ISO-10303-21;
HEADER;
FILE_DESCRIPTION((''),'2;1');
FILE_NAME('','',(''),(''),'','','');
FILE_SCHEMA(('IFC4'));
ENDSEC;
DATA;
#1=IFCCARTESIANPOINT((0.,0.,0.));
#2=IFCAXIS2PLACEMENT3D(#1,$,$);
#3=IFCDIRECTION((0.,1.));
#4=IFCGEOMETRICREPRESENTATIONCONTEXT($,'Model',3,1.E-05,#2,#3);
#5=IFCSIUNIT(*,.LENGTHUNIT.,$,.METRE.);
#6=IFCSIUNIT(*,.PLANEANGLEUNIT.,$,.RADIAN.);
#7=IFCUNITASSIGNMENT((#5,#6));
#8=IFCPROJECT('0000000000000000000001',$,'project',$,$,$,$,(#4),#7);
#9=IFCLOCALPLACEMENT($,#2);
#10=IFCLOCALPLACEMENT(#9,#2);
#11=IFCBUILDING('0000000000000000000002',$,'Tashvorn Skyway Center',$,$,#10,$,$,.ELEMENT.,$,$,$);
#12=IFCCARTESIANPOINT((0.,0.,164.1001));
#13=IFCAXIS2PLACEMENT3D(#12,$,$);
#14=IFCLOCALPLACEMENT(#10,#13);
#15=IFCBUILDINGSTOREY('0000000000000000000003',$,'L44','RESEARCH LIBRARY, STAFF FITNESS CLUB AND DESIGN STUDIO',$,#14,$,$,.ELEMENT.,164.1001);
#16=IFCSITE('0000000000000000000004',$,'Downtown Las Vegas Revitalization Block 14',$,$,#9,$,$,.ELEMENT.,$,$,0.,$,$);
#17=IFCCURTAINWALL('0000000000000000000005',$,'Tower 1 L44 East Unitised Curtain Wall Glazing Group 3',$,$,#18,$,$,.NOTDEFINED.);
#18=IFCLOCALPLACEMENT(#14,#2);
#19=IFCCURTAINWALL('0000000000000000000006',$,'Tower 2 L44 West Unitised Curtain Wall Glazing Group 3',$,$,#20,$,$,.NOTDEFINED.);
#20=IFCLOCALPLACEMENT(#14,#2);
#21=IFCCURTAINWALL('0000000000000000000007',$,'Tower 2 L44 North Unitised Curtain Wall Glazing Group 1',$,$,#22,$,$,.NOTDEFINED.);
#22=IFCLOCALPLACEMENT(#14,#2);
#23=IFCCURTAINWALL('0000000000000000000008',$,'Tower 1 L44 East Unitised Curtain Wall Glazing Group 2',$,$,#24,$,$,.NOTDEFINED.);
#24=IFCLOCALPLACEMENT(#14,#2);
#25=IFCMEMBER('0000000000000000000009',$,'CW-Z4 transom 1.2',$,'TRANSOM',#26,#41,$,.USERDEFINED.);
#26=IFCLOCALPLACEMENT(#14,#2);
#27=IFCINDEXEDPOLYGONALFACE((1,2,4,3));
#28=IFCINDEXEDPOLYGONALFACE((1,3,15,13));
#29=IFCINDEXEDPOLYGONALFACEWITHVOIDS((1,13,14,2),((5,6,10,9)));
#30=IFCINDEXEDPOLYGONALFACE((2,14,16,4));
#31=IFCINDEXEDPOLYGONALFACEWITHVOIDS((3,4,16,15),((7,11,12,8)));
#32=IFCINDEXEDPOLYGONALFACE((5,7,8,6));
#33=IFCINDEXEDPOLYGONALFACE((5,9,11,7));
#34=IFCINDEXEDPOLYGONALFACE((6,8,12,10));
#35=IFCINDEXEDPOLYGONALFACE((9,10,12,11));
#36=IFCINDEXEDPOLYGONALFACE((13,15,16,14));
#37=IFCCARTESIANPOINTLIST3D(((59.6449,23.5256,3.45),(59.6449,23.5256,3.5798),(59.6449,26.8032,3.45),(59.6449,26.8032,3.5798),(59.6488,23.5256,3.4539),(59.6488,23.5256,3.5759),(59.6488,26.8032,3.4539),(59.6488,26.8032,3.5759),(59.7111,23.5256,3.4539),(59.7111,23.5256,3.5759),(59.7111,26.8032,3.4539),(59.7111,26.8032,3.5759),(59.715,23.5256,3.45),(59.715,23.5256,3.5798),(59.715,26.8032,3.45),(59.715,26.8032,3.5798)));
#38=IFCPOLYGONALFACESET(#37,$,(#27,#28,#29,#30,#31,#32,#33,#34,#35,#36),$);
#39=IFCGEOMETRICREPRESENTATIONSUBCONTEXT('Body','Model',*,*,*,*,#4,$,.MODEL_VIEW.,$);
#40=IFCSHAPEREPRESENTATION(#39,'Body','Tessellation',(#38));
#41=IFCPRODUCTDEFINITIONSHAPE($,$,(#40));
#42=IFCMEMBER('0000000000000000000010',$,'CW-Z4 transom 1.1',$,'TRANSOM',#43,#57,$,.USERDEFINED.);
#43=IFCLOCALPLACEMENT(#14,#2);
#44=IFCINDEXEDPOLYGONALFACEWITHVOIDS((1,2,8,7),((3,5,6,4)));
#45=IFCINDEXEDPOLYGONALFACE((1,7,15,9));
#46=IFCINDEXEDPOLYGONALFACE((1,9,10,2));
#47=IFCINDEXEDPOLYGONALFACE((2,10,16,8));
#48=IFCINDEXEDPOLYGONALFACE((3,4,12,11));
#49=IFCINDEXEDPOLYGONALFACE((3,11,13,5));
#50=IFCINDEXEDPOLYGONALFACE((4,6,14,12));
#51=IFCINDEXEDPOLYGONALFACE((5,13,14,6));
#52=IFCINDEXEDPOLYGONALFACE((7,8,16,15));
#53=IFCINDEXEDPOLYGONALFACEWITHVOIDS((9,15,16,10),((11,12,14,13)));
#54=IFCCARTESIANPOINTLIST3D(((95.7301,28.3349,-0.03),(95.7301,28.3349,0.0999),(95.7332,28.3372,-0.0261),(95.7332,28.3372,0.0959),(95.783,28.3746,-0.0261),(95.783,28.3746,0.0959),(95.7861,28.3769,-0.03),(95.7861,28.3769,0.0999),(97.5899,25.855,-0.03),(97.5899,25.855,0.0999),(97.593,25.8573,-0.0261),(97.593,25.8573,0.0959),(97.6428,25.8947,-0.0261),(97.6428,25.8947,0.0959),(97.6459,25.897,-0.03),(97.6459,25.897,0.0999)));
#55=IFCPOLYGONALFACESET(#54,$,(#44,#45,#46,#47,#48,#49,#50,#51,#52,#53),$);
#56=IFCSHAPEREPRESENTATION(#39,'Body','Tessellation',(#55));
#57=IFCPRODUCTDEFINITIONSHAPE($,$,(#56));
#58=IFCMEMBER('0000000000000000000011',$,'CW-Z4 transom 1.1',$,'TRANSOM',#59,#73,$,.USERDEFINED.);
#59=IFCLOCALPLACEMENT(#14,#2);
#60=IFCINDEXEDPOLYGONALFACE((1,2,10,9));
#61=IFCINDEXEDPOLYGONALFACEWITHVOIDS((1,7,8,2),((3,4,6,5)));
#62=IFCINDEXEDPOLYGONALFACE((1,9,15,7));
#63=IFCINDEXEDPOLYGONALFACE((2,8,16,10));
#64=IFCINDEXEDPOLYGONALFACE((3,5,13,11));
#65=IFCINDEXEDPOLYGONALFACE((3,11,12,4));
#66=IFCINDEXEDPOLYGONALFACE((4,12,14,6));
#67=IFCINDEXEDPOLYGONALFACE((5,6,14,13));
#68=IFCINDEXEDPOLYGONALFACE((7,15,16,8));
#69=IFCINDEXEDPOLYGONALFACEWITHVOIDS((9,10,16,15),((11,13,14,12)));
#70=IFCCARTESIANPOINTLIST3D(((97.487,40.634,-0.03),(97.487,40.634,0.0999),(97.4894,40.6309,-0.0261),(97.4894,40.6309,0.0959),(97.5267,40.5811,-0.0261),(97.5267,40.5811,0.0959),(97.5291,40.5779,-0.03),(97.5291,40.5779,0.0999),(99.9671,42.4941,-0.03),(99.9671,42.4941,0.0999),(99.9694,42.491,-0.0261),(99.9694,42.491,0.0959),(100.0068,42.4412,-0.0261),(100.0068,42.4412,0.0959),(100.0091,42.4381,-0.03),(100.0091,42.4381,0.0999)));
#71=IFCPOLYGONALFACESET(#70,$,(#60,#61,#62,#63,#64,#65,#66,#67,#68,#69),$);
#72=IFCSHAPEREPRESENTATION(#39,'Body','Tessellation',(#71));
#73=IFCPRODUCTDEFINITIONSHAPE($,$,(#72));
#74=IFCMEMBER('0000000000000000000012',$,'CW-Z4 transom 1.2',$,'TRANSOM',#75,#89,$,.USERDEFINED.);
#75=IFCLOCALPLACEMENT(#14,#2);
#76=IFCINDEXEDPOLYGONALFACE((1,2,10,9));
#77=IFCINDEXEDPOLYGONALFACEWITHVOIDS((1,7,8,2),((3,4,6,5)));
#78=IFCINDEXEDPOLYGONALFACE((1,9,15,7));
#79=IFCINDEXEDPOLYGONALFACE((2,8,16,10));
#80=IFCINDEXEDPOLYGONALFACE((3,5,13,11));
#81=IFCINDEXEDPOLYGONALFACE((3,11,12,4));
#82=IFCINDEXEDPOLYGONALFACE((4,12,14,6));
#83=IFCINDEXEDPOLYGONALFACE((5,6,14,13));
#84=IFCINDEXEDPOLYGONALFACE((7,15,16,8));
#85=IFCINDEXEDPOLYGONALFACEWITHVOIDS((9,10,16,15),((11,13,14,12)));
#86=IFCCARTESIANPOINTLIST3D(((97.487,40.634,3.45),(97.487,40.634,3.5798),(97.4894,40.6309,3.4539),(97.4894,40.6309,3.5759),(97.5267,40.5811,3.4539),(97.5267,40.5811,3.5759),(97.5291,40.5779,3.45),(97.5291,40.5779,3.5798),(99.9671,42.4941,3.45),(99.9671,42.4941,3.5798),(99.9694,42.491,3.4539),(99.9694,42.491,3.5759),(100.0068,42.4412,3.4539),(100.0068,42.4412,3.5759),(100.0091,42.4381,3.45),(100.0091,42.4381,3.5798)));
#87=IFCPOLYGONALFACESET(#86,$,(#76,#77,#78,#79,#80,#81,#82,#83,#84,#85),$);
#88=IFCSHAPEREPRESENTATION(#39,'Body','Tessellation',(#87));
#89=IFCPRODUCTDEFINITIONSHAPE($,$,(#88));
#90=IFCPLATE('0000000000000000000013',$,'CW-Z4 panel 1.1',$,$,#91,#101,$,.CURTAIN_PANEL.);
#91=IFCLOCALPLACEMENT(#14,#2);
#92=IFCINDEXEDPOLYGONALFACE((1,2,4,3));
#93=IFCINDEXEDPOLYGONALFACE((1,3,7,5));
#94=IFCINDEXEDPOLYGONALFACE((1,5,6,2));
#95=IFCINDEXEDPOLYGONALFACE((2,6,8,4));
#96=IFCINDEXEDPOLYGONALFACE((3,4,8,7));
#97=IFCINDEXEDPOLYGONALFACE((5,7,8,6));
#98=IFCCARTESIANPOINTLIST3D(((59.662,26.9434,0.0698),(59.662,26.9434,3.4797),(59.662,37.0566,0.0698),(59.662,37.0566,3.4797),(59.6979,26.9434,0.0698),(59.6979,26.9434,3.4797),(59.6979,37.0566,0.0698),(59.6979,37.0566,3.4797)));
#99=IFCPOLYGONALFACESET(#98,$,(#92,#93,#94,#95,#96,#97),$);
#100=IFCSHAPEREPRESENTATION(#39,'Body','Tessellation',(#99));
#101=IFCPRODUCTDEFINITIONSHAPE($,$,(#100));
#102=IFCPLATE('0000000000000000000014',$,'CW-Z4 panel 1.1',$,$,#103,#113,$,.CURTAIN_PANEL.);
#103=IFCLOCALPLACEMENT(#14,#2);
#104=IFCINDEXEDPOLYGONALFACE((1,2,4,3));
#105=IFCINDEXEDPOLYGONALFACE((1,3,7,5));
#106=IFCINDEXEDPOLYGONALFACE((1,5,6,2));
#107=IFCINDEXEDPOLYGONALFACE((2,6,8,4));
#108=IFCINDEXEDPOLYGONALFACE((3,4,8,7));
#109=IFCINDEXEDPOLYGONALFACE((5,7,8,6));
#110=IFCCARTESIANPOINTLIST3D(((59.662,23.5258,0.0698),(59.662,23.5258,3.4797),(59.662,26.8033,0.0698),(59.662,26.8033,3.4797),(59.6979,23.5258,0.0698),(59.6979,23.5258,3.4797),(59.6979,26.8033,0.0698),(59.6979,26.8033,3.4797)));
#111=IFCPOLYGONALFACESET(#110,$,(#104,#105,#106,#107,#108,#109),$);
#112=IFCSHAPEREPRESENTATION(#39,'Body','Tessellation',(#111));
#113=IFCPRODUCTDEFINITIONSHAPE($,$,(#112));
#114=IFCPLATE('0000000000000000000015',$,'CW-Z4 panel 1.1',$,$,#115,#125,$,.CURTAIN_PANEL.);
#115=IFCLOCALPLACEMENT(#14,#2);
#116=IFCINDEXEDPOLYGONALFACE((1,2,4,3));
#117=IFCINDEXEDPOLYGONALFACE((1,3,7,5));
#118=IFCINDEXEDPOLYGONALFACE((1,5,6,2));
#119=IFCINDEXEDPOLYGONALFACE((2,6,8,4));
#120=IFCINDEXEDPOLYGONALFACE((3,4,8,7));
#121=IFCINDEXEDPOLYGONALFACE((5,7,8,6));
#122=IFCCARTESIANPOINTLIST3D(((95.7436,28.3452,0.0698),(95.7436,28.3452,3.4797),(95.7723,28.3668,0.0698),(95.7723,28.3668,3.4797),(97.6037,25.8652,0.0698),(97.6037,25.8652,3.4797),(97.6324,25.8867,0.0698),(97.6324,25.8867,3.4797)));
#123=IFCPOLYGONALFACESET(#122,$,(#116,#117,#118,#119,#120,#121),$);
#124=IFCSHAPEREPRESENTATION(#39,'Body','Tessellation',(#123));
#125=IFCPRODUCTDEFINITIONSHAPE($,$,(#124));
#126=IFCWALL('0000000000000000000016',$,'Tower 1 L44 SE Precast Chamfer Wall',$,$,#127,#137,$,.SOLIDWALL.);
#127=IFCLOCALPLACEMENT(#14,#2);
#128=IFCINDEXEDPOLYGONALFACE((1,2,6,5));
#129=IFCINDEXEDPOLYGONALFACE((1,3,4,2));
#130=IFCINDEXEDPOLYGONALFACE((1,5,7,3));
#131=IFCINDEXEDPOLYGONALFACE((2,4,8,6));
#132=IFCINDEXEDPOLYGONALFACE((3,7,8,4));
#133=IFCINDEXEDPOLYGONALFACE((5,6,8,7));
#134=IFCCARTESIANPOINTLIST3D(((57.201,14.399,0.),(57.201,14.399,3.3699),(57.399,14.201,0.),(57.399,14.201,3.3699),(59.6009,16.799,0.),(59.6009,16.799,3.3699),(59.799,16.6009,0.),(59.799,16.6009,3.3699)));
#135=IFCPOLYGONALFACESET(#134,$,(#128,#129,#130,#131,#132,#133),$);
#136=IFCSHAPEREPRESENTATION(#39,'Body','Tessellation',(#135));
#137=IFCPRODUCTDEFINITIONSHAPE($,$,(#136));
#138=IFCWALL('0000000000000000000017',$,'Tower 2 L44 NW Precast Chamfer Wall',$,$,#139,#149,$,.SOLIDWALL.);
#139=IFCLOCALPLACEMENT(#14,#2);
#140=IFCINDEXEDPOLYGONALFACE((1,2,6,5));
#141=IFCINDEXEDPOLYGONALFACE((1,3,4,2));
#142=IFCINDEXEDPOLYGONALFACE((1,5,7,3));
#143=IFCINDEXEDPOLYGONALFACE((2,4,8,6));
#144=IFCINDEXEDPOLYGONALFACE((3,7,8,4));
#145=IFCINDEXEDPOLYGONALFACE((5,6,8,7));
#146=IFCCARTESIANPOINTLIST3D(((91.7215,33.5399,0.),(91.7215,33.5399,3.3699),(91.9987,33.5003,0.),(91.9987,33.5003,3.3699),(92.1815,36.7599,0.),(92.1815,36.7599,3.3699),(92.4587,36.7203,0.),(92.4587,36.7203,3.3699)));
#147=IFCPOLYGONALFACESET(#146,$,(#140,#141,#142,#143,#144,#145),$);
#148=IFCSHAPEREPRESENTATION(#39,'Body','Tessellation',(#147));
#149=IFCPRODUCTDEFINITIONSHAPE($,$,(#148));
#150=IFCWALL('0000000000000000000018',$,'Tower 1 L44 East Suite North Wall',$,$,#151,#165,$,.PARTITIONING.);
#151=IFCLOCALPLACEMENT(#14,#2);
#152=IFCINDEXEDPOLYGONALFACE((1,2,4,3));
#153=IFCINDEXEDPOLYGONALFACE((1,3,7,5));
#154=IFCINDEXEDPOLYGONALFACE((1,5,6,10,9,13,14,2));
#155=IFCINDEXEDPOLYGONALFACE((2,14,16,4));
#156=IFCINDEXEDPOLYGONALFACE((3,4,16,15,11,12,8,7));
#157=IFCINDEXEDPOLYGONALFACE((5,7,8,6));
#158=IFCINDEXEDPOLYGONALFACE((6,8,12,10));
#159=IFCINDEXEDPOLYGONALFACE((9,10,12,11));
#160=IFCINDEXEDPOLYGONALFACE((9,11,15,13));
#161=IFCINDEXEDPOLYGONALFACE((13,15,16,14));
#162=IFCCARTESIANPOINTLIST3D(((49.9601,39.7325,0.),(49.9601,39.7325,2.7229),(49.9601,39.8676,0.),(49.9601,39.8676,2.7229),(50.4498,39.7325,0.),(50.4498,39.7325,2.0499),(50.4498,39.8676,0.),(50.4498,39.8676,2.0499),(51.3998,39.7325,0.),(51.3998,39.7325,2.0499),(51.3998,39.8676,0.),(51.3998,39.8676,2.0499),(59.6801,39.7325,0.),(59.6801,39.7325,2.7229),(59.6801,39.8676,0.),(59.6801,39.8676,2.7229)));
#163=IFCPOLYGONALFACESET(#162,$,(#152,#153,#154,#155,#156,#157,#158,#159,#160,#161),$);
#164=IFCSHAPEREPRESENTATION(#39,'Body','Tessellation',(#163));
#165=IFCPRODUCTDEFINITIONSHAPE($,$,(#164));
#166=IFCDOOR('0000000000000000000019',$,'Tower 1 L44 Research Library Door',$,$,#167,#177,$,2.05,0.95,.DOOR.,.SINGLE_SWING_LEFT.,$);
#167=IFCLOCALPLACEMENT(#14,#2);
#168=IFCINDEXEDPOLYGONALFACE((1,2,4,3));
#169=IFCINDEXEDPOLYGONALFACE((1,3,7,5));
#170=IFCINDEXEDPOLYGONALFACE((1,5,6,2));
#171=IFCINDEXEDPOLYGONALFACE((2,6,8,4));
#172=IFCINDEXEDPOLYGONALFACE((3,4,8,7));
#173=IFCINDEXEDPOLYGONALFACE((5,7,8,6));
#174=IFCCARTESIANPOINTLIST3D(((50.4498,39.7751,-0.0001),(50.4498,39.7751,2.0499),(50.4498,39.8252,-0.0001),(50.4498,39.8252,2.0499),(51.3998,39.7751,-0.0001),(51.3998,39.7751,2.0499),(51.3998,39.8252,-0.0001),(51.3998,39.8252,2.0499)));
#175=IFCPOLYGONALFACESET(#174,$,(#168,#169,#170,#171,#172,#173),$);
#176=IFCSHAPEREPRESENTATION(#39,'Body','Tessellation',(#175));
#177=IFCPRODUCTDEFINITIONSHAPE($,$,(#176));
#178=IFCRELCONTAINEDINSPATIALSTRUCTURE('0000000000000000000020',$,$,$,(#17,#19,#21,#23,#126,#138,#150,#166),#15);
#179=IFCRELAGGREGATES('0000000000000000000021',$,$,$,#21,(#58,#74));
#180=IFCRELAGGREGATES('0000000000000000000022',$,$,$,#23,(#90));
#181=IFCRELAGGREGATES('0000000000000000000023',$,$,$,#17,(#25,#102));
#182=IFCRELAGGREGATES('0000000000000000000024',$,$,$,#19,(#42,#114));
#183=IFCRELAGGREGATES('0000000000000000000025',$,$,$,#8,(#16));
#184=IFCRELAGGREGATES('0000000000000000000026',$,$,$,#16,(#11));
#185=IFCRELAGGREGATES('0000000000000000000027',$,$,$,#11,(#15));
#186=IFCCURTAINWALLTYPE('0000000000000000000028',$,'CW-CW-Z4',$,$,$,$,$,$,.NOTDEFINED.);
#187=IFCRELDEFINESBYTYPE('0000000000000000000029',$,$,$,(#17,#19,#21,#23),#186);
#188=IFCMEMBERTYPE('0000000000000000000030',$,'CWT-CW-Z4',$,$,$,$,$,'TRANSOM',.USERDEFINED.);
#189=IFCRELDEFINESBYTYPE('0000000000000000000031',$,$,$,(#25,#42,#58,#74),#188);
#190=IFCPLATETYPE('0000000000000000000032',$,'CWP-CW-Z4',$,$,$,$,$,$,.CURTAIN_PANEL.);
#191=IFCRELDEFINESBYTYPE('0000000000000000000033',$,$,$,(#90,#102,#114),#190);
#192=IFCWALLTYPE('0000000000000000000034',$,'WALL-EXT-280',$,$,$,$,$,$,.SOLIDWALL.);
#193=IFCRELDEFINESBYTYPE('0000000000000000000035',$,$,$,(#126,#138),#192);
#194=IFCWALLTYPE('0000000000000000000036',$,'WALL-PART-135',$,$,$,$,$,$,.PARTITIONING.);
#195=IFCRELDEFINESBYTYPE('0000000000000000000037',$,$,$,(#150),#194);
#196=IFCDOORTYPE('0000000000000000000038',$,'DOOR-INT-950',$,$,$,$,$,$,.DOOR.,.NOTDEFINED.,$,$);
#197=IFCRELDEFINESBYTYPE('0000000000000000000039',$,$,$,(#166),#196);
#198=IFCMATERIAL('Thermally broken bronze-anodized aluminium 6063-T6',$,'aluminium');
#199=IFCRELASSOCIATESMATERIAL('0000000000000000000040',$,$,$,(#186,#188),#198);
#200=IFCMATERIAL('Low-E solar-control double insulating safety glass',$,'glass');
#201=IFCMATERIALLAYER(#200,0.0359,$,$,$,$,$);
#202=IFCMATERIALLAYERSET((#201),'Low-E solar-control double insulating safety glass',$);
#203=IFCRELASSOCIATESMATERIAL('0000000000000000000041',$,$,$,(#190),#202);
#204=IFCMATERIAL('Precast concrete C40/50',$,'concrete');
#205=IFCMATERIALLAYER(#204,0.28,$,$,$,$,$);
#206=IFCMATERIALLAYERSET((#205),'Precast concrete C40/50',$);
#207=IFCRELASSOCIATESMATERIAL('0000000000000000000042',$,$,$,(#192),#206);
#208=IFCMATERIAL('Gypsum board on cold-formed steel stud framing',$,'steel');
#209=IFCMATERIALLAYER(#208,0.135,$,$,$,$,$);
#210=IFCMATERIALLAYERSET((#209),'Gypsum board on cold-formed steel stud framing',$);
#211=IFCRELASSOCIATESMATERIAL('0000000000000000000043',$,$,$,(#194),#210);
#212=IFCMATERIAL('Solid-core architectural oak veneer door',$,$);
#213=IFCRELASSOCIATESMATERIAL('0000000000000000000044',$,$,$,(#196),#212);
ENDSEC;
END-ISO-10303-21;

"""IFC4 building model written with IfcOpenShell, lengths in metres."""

from ifc_helpers import new_model, si_unit, direction, frame, frame_2d, origin, origin_2d, place, context, subcontext, project, spatial, rectangle, hollow_rectangle, extrude, material, layer, layer_set, material_profile, profile_set, type_object, element, fill, aggregate, save


model = new_model("IFC4")

# Units and contexts
model_context = context("Model", 3, precision=1e-05, world=origin(), true_north=direction((0.0, 1.0)))
body_context = subcontext(model_context, "Body", "Model", "MODEL_VIEW")
ifc_project = project(units=[si_unit("LENGTHUNIT", "METRE"), si_unit("PLANEANGLEUNIT", "RADIAN")], contexts=[model_context])

# Site, building, storey
site_placement = place(None, origin())
site = spatial("IfcSite", under=ifc_project, at=site_placement, Name="Downtown Las Vegas Revitalization Block 14", CompositionType="ELEMENT", RefElevation=0.0)
building_placement = place(site_placement, origin())
building = spatial("IfcBuilding", under=site, at=building_placement, Name="Tashvorn Skyway Center", CompositionType="ELEMENT")
storey_placement = place(building_placement, frame((0.0, 0.0, 164.1001)))
storey = spatial("IfcBuildingStorey", under=building, at=storey_placement, Name="L44", Description="RESEARCH LIBRARY, STAFF FITNESS CLUB AND DESIGN STUDIO", CompositionType="ELEMENT", Elevation=164.1001)

# Curtain wall
ifc_material_1 = material(Name="Thermally broken bronze-anodized aluminium 6063-T6", Category="aluminium")
curtain_wall_type = type_object("IfcCurtainWallType", Name="CW-CW-Z4", PredefinedType="NOTDEFINED", material=ifc_material_1)
curtain_wall_1_placement = place(storey_placement, origin())
curtain_wall_1 = element("IfcCurtainWall", 1, at=curtain_wall_1_placement, inside=storey, type_object=curtain_wall_type, Name="Tower 1 L44 East Unitised Curtain Wall Glazing Group 3", PredefinedType="NOTDEFINED")

# Curtain walls
curtain_wall_2_placement = place(storey_placement, origin())
curtain_wall_2 = element("IfcCurtainWall", 2, at=curtain_wall_2_placement, inside=storey, type_object=curtain_wall_type, Name="Tower 2 L44 West Unitised Curtain Wall Glazing Group 3", PredefinedType="NOTDEFINED")
curtain_wall_3_placement = place(storey_placement, origin())
curtain_wall_3 = element("IfcCurtainWall", 3, at=curtain_wall_3_placement, inside=storey, type_object=curtain_wall_type, Name="Tower 2 L44 North Unitised Curtain Wall Glazing Group 1", PredefinedType="NOTDEFINED")
curtain_wall_4_placement = place(storey_placement, origin())
curtain_wall_4 = element("IfcCurtainWall", 4, at=curtain_wall_4_placement, inside=storey, type_object=curtain_wall_type, Name="Tower 1 L44 East Unitised Curtain Wall Glazing Group 2", PredefinedType="NOTDEFINED")
ifc_material_profile_1 = material_profile(ifc_material_1, hollow_rectangle(XDim=0.0701, YDim=0.1299, WallThickness=0.0039, at=origin_2d()), Name="ALU-TRAN-70x130")
ifc_profile_set_1 = profile_set([ifc_material_profile_1], Name="Thermally broken bronze-anodized aluminium 6063-T6")
member_type_1 = type_object("IfcMemberType", Name="CWT-CW-Z4", ElementType="TRANSOM", PredefinedType="USERDEFINED", material=ifc_profile_set_1)

# Members
member_1_placement = place(storey_placement, frame((59.6799, 26.8032, 3.5149), z_axis=(0.0, -1.0, 0.0), x_axis=(1.0, 0.0, 0.0)))
member_1 = element("IfcMember", 5, at=member_1_placement, type_object=member_type_1, Name="CW-Z4 transom 1.2", ObjectType="TRANSOM", PredefinedType="USERDEFINED", context=body_context, shape_type="SweptSolid", body=[
    extrude(hollow_rectangle(XDim=0.0701, YDim=0.1299, WallThickness=0.0039, at=origin_2d()), origin(), (0.0, 0.0, 1.0), 3.2776),
])
member_2_placement = place(storey_placement, frame((97.6179, 25.876, 0.0349), z_axis=(-0.599975, 0.800019, 0.0), x_axis=(-0.800019, -0.599975, 0.0)))
member_2 = element("IfcMember", 6, at=member_2_placement, type_object=member_type_1, Name="CW-Z4 transom 1.1", ObjectType="TRANSOM", PredefinedType="USERDEFINED", context=body_context, shape_type="SweptSolid", body=[
    extrude(hollow_rectangle(XDim=0.0701, YDim=0.1299, WallThickness=0.0039, at=origin_2d()), origin(), (0.0, 0.0, 1.0), 3.0999),
])
member_3_placement = place(storey_placement, frame((97.5081, 40.606, 0.0349), z_axis=(0.799981, 0.600025, 0.0), x_axis=(-0.600025, 0.799981, 0.0)))
member_3 = element("IfcMember", 7, at=member_3_placement, type_object=member_type_1, Name="CW-Z4 transom 1.1", ObjectType="TRANSOM", PredefinedType="USERDEFINED", context=body_context, shape_type="SweptSolid", body=[
    extrude(hollow_rectangle(XDim=0.0701, YDim=0.1299, WallThickness=0.0039, at=origin_2d()), origin(), (0.0, 0.0, 1.0), 3.1001),
])
member_4_placement = place(storey_placement, frame((97.5081, 40.606, 3.5149), z_axis=(0.799981, 0.600025, 0.0), x_axis=(-0.600025, 0.799981, 0.0)))
member_4 = element("IfcMember", 8, at=member_4_placement, type_object=member_type_1, Name="CW-Z4 transom 1.2", ObjectType="TRANSOM", PredefinedType="USERDEFINED", context=body_context, shape_type="SweptSolid", body=[
    extrude(hollow_rectangle(XDim=0.0701, YDim=0.1299, WallThickness=0.0039, at=origin_2d()), origin(), (0.0, 0.0, 1.0), 3.1001),
])
aggregate(curtain_wall_3, [member_3, member_4])

# Plates
ifc_material_2 = material(Name="Low-E solar-control double insulating safety glass", Category="glass")
ifc_layer_1 = layer(ifc_material_2, 0.0359)
ifc_layer_set_1 = layer_set([ifc_layer_1], Name="Low-E solar-control double insulating safety glass")
plate_type = type_object("IfcPlateType", Name="CWP-CW-Z4", PredefinedType="CURTAIN_PANEL", material=ifc_layer_set_1)
plate_1_placement = place(storey_placement, frame((59.6799, 32.0, 0.0698), z_axis=(0.0, 0.0, 1.0), x_axis=(0.0, -1.0, 0.0)))
plate_1 = element("IfcPlate", 9, at=plate_1_placement, type_object=plate_type, Name="CW-Z4 panel 1.1", PredefinedType="CURTAIN_PANEL", context=body_context, shape_type="SweptSolid", body=[
    extrude(rectangle(XDim=10.1133, YDim=0.0359, at=origin_2d()), origin(), (0.0, 0.0, 1.0), 3.4099),
])
aggregate(curtain_wall_4, [plate_1])
plate_2_placement = place(storey_placement, frame((59.6799, 25.1646, 0.0698), z_axis=(0.0, 0.0, 1.0), x_axis=(0.0, -1.0, 0.0)))
plate_2 = element("IfcPlate", 10, at=plate_2_placement, type_object=plate_type, Name="CW-Z4 panel 1.1", PredefinedType="CURTAIN_PANEL", context=body_context, shape_type="SweptSolid", body=[
    extrude(rectangle(XDim=3.2776, YDim=0.0359, at=origin_2d()), origin(), (0.0, 0.0, 1.0), 3.4099),
])
aggregate(curtain_wall_1, [member_1, plate_2])
plate_3_placement = place(storey_placement, frame((96.688, 27.116, 0.0698), z_axis=(0.0, 0.0, 1.0), x_axis=(-0.6, 0.8, 0.0)))
plate_3 = element("IfcPlate", 11, at=plate_3_placement, type_object=plate_type, Name="CW-Z4 panel 1.1", PredefinedType="CURTAIN_PANEL", context=body_context, shape_type="SweptSolid", body=[
    extrude(rectangle(XDim=3.1001, YDim=0.0359, at=origin_2d()), origin(), (0.0, 0.0, 1.0), 3.4099),
])
aggregate(curtain_wall_2, [member_2, plate_3])

# Walls
ifc_material_3 = material(Name="Precast concrete C40/50", Category="concrete")
ifc_layer_2 = layer(ifc_material_3, 0.28)
ifc_layer_set_2 = layer_set([ifc_layer_2], Name="Precast concrete C40/50")
wall_type_1 = type_object("IfcWallType", Name="WALL-EXT-280", PredefinedType="SOLIDWALL", material=ifc_layer_set_2)
wall_1_placement = place(storey_placement, frame((59.7, 16.7, 0.0), z_axis=(0.0, 0.0, 1.0), x_axis=(-0.707107, -0.707107, 0.0)))
element("IfcWall", 12, at=wall_1_placement, inside=storey, type_object=wall_type_1, Name="Tower 1 L44 SE Precast Chamfer Wall", PredefinedType="SOLIDWALL", context=body_context, shape_type="SweptSolid", body=[
    extrude(rectangle(XDim=3.394, YDim=0.28, at=frame_2d((1.697, 0.0))), origin(), (0.0, 0.0, 1.0), 3.3699),
])
wall_2_placement = place(storey_placement, frame((91.8601, 33.52, 0.0), z_axis=(0.0, 0.0, 1.0), x_axis=(0.141411, 0.989951, 0.0)))
element("IfcWall", 13, at=wall_2_placement, inside=storey, type_object=wall_type_1, Name="Tower 2 L44 NW Precast Chamfer Wall", PredefinedType="SOLIDWALL", context=body_context, shape_type="SweptSolid", body=[
    extrude(rectangle(XDim=3.2527, YDim=0.28, at=frame_2d((1.6265, 0.0))), origin(), (0.0, 0.0, 1.0), 3.3699),
])

# Wall, opening, door
ifc_material_4 = material(Name="Gypsum board on cold-formed steel stud framing", Category="steel")
ifc_layer_3 = layer(ifc_material_4, 0.135)
ifc_layer_set_3 = layer_set([ifc_layer_3], Name="Gypsum board on cold-formed steel stud framing")
wall_type_2 = type_object("IfcWallType", Name="WALL-PART-135", PredefinedType="PARTITIONING", material=ifc_layer_set_3)
wall_3_placement = place(storey_placement, frame((59.6799, 39.8, 0.0), z_axis=(0.0, 0.0, 1.0), x_axis=(-1.0, 0.0, 0.0)))
wall_3 = element("IfcWall", 14, at=wall_3_placement, inside=storey, type_object=wall_type_2, Name="Tower 1 L44 East Suite North Wall", PredefinedType="PARTITIONING", context=body_context, shape_type="SweptSolid", body=[
    extrude(rectangle(XDim=9.72, YDim=0.135, at=frame_2d((4.8599, 0.0))), origin(), (0.0, 0.0, 1.0), 2.7229),
])
opening_1_placement = place(wall_3_placement, frame((8.28, 0.0, 0.0)))
opening_1 = element("IfcOpeningElement", 15, at=opening_1_placement, cuts=wall_3, PredefinedType="OPENING", context=body_context, shape_type="SweptSolid", body=[
    extrude(rectangle(XDim=0.95, YDim=2.05, at=frame_2d((0.4751, 1.0249))), frame((0.0, 0.0774, 0.0), z_axis=(0.0, -1.0, 0.0), x_axis=(1.0, 0.0, 0.0)), (0.0, 0.0, 1.0), 0.155),
])
ifc_material_5 = material(Name="Solid-core architectural oak veneer door")
door_type = type_object("IfcDoorType", Name="DOOR-INT-950", OperationType="NOTDEFINED", PredefinedType="DOOR", material=ifc_material_5)
door_1_placement = place(opening_1_placement, origin())
door_1 = element("IfcDoor", 16, at=door_1_placement, inside=storey, type_object=door_type, Name="Tower 1 L44 Research Library Door", OperationType="SINGLE_SWING_LEFT", OverallHeight=2.05, OverallWidth=0.95, PredefinedType="DOOR", context=body_context, shape_type="SweptSolid", body=[
    extrude(rectangle(XDim=0.95, YDim=2.05, at=frame_2d((0.4751, 1.0249))), frame((0.0, 0.0249, 0.0), z_axis=(0.0, -1.0, 0.0), x_axis=(1.0, 0.0, 0.0)), (0.0, 0.0, 1.0), 0.05),
])
fill(opening_1, door_1)

save(model, "model.ifc")
